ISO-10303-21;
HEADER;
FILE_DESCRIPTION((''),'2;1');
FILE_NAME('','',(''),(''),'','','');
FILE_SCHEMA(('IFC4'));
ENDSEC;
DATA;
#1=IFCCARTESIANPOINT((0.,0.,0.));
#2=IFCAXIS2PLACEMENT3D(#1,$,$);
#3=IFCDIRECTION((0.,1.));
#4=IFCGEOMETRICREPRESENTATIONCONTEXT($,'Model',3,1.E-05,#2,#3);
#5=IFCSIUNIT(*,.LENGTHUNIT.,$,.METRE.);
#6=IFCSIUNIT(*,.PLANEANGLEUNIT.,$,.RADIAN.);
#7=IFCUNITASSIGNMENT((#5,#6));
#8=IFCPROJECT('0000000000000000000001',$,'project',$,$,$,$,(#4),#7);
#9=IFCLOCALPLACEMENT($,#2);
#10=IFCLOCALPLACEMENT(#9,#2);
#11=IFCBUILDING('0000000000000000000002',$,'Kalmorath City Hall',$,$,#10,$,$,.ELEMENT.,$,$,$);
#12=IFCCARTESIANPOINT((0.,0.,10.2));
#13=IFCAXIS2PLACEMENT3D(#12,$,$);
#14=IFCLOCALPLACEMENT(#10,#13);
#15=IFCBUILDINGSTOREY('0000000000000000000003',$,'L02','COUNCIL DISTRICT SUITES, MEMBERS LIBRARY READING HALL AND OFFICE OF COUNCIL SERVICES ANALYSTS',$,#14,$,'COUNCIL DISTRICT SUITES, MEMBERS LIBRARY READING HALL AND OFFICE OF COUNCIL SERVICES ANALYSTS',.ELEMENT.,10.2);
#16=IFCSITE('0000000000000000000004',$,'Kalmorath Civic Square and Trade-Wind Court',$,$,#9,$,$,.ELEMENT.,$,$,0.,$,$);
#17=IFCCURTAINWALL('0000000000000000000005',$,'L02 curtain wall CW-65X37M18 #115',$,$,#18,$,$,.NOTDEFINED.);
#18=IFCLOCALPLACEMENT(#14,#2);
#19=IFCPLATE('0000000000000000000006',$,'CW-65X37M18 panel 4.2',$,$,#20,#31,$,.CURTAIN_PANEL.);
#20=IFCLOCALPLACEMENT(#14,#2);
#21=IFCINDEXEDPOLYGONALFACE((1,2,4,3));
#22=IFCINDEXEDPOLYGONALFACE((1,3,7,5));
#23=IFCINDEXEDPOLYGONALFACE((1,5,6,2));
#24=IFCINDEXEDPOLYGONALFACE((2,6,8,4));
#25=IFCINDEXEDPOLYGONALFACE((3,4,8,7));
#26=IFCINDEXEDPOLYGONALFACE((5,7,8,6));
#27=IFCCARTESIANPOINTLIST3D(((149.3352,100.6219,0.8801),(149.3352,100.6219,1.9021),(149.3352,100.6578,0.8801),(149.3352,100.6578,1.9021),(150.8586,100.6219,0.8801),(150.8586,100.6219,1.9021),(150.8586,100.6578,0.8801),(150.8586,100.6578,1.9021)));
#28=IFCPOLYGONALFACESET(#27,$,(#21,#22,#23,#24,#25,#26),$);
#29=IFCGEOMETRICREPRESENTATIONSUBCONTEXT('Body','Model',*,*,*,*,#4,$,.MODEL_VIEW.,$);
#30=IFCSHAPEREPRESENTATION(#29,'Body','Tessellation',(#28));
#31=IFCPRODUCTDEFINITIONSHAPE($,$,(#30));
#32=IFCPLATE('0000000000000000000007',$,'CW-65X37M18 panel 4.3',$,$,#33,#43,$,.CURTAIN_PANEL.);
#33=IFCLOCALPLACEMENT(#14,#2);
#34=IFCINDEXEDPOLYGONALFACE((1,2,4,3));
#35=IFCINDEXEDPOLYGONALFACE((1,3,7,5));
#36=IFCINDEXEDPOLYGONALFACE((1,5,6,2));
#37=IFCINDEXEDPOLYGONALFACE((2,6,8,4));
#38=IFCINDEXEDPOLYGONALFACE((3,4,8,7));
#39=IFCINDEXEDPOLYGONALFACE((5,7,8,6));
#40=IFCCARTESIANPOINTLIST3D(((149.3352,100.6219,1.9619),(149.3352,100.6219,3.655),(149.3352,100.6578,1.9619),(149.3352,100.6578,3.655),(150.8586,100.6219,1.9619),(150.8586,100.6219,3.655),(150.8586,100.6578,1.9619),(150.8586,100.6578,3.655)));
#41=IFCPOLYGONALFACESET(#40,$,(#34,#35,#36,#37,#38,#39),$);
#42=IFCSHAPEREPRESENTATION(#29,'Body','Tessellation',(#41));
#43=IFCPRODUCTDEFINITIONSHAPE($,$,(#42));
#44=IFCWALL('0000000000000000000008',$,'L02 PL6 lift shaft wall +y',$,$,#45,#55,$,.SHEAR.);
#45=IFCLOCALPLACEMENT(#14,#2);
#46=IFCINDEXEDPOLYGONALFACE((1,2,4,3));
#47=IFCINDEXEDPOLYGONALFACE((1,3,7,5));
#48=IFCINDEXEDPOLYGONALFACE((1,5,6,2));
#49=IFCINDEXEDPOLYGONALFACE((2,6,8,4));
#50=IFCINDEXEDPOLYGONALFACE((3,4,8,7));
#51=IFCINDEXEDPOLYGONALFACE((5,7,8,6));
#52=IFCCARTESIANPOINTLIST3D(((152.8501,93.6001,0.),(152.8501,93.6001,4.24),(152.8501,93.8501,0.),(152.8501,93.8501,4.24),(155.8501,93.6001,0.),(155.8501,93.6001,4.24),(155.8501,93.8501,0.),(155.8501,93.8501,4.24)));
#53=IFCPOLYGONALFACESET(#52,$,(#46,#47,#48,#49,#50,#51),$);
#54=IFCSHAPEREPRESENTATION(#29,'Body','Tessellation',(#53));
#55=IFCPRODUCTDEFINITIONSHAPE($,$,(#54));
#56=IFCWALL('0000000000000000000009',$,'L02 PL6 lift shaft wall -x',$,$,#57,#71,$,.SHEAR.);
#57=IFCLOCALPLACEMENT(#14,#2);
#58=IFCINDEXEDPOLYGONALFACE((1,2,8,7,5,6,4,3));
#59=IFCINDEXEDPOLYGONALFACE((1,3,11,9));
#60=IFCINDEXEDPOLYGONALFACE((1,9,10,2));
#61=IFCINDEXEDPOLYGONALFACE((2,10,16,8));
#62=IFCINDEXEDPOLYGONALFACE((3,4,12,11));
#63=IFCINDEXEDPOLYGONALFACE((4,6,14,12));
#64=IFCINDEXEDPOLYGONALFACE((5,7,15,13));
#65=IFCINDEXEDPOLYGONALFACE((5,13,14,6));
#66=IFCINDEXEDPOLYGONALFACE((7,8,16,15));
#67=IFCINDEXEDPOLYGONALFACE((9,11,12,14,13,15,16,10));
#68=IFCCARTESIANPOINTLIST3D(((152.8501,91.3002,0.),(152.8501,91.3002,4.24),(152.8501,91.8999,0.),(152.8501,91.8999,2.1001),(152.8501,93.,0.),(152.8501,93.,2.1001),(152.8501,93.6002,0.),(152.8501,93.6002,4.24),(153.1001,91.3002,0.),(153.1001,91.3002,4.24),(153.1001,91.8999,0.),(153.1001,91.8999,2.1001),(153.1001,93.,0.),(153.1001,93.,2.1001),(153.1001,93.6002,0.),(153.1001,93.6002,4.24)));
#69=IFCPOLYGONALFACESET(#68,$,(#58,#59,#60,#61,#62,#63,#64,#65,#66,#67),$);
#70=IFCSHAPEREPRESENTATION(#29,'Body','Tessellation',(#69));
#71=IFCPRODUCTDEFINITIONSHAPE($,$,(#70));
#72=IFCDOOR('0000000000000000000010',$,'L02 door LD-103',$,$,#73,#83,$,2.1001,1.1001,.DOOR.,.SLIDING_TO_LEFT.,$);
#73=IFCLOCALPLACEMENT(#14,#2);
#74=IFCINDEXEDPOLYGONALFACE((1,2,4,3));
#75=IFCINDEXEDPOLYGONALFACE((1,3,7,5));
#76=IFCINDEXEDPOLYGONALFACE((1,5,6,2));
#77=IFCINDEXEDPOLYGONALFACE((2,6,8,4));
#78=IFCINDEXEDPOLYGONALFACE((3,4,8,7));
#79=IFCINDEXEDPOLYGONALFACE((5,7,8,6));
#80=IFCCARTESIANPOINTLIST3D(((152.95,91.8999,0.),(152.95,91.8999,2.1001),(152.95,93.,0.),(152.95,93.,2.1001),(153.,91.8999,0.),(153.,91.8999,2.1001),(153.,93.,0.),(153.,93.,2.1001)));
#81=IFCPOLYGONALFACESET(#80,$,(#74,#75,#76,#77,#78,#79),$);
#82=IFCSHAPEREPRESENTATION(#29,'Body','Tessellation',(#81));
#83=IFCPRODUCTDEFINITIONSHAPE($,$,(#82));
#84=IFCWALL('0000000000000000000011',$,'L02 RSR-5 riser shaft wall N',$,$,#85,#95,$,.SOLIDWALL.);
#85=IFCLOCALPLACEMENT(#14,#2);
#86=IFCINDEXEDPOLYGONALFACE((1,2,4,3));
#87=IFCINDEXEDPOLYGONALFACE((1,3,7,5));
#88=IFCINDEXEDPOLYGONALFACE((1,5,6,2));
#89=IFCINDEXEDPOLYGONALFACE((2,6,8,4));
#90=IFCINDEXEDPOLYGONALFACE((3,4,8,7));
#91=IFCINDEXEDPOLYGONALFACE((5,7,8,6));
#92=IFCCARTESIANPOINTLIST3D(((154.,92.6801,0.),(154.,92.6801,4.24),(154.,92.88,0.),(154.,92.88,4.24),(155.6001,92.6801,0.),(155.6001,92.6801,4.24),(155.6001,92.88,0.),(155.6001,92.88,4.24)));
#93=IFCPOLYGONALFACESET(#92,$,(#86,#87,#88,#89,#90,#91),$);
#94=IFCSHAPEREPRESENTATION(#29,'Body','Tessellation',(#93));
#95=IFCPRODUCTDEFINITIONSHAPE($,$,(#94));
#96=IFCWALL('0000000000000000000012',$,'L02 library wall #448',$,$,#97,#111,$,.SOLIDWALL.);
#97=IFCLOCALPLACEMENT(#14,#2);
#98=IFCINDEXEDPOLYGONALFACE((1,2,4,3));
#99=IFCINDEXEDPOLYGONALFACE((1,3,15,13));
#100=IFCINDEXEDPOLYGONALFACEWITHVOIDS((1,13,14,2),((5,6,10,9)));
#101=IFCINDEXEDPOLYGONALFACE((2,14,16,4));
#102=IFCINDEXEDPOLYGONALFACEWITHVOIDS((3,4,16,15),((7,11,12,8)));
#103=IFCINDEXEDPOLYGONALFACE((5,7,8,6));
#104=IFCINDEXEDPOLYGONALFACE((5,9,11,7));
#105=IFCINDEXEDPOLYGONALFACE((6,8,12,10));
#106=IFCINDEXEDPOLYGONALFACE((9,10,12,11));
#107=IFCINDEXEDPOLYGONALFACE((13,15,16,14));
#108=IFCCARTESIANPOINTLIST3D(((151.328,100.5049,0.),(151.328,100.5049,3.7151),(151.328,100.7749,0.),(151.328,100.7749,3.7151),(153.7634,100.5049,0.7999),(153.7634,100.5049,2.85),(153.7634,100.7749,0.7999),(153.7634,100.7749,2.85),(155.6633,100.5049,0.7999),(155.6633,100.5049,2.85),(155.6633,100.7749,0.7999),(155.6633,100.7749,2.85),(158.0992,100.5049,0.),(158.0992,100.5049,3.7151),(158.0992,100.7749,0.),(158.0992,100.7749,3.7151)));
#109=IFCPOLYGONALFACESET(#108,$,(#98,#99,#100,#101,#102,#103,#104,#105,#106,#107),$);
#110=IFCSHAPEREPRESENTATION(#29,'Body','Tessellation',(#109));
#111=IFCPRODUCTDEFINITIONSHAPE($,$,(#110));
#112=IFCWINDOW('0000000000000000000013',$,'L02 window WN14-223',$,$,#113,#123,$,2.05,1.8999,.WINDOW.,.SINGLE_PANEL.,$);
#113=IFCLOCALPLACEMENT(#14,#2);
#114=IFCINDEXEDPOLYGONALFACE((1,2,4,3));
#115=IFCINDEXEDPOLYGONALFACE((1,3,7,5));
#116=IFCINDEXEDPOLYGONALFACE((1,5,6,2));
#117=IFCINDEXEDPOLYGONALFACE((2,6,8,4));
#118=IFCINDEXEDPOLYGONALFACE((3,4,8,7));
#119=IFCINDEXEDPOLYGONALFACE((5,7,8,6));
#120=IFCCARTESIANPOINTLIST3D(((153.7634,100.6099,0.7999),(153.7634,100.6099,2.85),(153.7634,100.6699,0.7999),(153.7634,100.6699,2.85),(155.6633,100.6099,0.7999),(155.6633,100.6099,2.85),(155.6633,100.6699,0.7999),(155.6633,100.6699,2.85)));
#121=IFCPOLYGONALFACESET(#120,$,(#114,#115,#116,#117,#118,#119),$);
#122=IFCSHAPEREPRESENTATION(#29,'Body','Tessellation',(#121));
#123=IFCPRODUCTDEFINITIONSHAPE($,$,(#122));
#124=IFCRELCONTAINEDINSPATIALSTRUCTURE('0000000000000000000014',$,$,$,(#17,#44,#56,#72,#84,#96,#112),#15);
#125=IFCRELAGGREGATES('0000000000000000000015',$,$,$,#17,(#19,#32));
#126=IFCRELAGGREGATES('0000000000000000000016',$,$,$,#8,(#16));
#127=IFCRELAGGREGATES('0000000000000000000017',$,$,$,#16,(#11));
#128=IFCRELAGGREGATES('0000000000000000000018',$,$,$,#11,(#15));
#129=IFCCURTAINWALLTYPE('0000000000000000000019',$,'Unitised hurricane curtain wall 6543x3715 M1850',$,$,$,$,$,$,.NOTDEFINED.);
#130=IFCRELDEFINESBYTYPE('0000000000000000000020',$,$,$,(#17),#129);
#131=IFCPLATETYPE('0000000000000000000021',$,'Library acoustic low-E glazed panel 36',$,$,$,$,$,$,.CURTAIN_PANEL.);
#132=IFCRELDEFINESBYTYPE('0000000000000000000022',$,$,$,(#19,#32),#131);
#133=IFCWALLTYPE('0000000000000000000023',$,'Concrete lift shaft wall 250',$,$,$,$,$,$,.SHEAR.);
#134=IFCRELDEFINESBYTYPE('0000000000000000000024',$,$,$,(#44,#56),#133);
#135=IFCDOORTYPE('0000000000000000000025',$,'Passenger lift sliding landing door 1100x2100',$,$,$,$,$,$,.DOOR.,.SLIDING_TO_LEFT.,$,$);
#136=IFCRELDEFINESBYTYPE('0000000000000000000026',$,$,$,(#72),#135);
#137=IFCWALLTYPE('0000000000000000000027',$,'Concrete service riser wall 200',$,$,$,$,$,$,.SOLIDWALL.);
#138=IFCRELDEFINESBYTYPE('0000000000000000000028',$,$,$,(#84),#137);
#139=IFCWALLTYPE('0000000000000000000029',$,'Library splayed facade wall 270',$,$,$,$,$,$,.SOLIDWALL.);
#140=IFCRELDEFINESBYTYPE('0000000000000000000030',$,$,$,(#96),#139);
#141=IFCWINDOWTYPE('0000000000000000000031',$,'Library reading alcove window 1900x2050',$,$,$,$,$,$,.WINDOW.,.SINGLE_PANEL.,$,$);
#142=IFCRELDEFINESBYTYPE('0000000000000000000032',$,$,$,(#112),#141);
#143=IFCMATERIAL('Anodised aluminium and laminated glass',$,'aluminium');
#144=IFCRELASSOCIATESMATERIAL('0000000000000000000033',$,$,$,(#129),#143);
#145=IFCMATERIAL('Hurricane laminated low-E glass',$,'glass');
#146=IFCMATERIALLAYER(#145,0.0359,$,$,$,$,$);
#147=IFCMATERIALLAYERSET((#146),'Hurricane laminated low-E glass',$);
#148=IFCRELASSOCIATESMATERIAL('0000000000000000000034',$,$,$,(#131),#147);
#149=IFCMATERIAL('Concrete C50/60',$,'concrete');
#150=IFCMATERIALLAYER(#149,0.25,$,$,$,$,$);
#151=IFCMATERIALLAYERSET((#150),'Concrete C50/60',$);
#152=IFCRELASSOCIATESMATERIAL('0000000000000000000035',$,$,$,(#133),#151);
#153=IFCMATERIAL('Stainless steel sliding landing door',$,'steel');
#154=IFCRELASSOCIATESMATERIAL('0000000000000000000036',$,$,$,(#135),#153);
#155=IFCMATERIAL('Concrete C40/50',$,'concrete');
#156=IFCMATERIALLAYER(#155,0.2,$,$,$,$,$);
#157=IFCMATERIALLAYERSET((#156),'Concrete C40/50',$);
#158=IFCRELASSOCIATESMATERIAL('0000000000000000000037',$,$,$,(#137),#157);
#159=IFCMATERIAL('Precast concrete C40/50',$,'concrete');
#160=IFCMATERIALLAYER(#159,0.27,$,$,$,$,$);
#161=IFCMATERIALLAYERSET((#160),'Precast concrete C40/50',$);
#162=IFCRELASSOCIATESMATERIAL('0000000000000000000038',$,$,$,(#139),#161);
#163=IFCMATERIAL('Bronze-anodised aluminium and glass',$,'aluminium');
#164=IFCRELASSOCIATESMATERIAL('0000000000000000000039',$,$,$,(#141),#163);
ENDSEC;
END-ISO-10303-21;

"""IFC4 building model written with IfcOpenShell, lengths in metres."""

from ifc_helpers import new_model, si_unit, direction, frame, frame_2d, origin, origin_2d, place, context, subcontext, project, spatial, rectangle, extrude, material, layer, layer_set, type_object, element, fill, aggregate, save


model = new_model("IFC4")

# Units and contexts
model_context = context("Model", 3, precision=1e-05, world=origin(), true_north=direction((0.0, 1.0)))
body_context = subcontext(model_context, "Body", "Model", "MODEL_VIEW")
ifc_project = project(units=[si_unit("LENGTHUNIT", "METRE"), si_unit("PLANEANGLEUNIT", "RADIAN")], contexts=[model_context])

# Site, building, storey
site_placement = place(None, origin())
site = spatial("IfcSite", under=ifc_project, at=site_placement, Name="Kalmorath Civic Square and Trade-Wind Court", CompositionType="ELEMENT", RefElevation=0.0)
building_placement = place(site_placement, origin())
building = spatial("IfcBuilding", under=site, at=building_placement, Name="Kalmorath City Hall", CompositionType="ELEMENT")
storey_placement = place(building_placement, frame((0.0, 0.0, 10.2)))
storey = spatial("IfcBuildingStorey", under=building, at=storey_placement, Name="L02", Description="COUNCIL DISTRICT SUITES, MEMBERS LIBRARY READING HALL AND OFFICE OF COUNCIL SERVICES ANALYSTS", LongName="COUNCIL DISTRICT SUITES, MEMBERS LIBRARY READING HALL AND OFFICE OF COUNCIL SERVICES ANALYSTS", CompositionType="ELEMENT", Elevation=10.2)

# Curtain wall
ifc_material_1 = material(Name="Anodised aluminium and laminated glass", Category="aluminium")
curtain_wall_type = type_object("IfcCurtainWallType", Name="Unitised hurricane curtain wall 6543x3715 M1850", PredefinedType="NOTDEFINED", material=ifc_material_1)
curtain_wall_placement = place(storey_placement, origin())
curtain_wall = element("IfcCurtainWall", 1, at=curtain_wall_placement, inside=storey, type_object=curtain_wall_type, Name="L02 curtain wall CW-65X37M18 #115", PredefinedType="NOTDEFINED")

# Plates
ifc_material_2 = material(Name="Hurricane laminated low-E glass", Category="glass")
ifc_layer_1 = layer(ifc_material_2, 0.0359)
ifc_layer_set_1 = layer_set([ifc_layer_1], Name="Hurricane laminated low-E glass")
plate_type = type_object("IfcPlateType", Name="Library acoustic low-E glazed panel 36", PredefinedType="CURTAIN_PANEL", material=ifc_layer_set_1)
plate_1_placement = place(storey_placement, frame((150.0969, 100.6399, 0.8801), z_axis=(0.0, 0.0, 1.0), x_axis=(1.0, 0.0, 0.0)))
plate_1 = element("IfcPlate", 2, at=plate_1_placement, type_object=plate_type, Name="CW-65X37M18 panel 4.2", PredefinedType="CURTAIN_PANEL", context=body_context, shape_type="SweptSolid", body=[
    extrude(rectangle(XDim=1.5234, YDim=0.0359, at=origin_2d()), origin(), (0.0, 0.0, 1.0), 1.022),
])
plate_2_placement = place(storey_placement, frame((150.0969, 100.6399, 1.9619), z_axis=(0.0, 0.0, 1.0), x_axis=(1.0, 0.0, 0.0)))
plate_2 = element("IfcPlate", 3, at=plate_2_placement, type_object=plate_type, Name="CW-65X37M18 panel 4.3", PredefinedType="CURTAIN_PANEL", context=body_context, shape_type="SweptSolid", body=[
    extrude(rectangle(XDim=1.5234, YDim=0.0359, at=origin_2d()), origin(), (0.0, 0.0, 1.0), 1.6931),
])
aggregate(curtain_wall, [plate_1, plate_2])

# Wall
ifc_material_3 = material(Name="Concrete C50/60", Category="concrete")
ifc_layer_2 = layer(ifc_material_3, 0.25)
ifc_layer_set_2 = layer_set([ifc_layer_2], Name="Concrete C50/60")
wall_type_1 = type_object("IfcWallType", Name="Concrete lift shaft wall 250", PredefinedType="SHEAR", material=ifc_layer_set_2)
wall_1_placement = place(storey_placement, frame((155.8501, 93.7251, 0.0), z_axis=(0.0, 0.0, 1.0), x_axis=(-1.0, 0.0, 0.0)))
element("IfcWall", 4, at=wall_1_placement, inside=storey, type_object=wall_type_1, Name="L02 PL6 lift shaft wall +y", PredefinedType="SHEAR", context=body_context, shape_type="SweptSolid", body=[
    extrude(rectangle(XDim=3.0, YDim=0.25, at=frame_2d((1.5, 0.0))), origin(), (0.0, 0.0, 1.0), 4.24),
])

# Wall, opening, door
wall_2_placement = place(storey_placement, frame((152.9751, 93.6001, 0.0), z_axis=(0.0, 0.0, 1.0), x_axis=(0.0, -1.0, 0.0)))
wall_2 = element("IfcWall", 5, at=wall_2_placement, inside=storey, type_object=wall_type_1, Name="L02 PL6 lift shaft wall -x", PredefinedType="SHEAR", context=body_context, shape_type="SweptSolid", body=[
    extrude(rectangle(XDim=2.3, YDim=0.25, at=frame_2d((1.1499, 0.0))), origin(), (0.0, 0.0, 1.0), 4.24),
])
opening_1_placement = place(wall_2_placement, frame((0.6001, 0.0, 0.0)))
opening_1 = element("IfcOpeningElement", 6, at=opening_1_placement, cuts=wall_2, PredefinedType="OPENING", context=body_context, shape_type="SweptSolid", body=[
    extrude(rectangle(XDim=1.1001, YDim=2.1001, at=frame_2d((0.55, 1.05))), frame((0.0, 0.135, 0.0), z_axis=(0.0, -1.0, 0.0), x_axis=(1.0, 0.0, 0.0)), (0.0, 0.0, 1.0), 0.27),
])
ifc_material_4 = material(Name="Stainless steel sliding landing door", Category="steel")
door_type = type_object("IfcDoorType", Name="Passenger lift sliding landing door 1100x2100", OperationType="SLIDING_TO_LEFT", PredefinedType="DOOR", material=ifc_material_4)
door_placement = place(opening_1_placement, origin())
door = element("IfcDoor", 7, at=door_placement, inside=storey, type_object=door_type, Name="L02 door LD-103", OperationType="SLIDING_TO_LEFT", OverallHeight=2.1001, OverallWidth=1.1001, PredefinedType="DOOR", context=body_context, shape_type="SweptSolid", body=[
    extrude(rectangle(XDim=1.1001, YDim=2.1001, at=frame_2d((0.55, 1.05))), frame((0.0, 0.0249, 0.0), z_axis=(0.0, -1.0, 0.0), x_axis=(1.0, 0.0, 0.0)), (0.0, 0.0, 1.0), 0.05),
])
fill(opening_1, door)

# Wall
ifc_material_5 = material(Name="Concrete C40/50", Category="concrete")
ifc_layer_3 = layer(ifc_material_5, 0.2)
ifc_layer_set_3 = layer_set([ifc_layer_3], Name="Concrete C40/50")
wall_type_2 = type_object("IfcWallType", Name="Concrete service riser wall 200", PredefinedType="SOLIDWALL", material=ifc_layer_set_3)
wall_3_placement = place(storey_placement, frame((155.6001, 92.78, 0.0), z_axis=(0.0, 0.0, 1.0), x_axis=(-1.0, 0.0, 0.0)))
element("IfcWall", 8, at=wall_3_placement, inside=storey, type_object=wall_type_2, Name="L02 RSR-5 riser shaft wall N", PredefinedType="SOLIDWALL", context=body_context, shape_type="SweptSolid", body=[
    extrude(rectangle(XDim=1.6001, YDim=0.2, at=frame_2d((0.8, 0.0))), origin(), (0.0, 0.0, 1.0), 4.24),
])

# Wall, opening, window
ifc_material_6 = material(Name="Precast concrete C40/50", Category="concrete")
ifc_layer_4 = layer(ifc_material_6, 0.27)
ifc_layer_set_4 = layer_set([ifc_layer_4], Name="Precast concrete C40/50")
wall_type_3 = type_object("IfcWallType", Name="Library splayed facade wall 270", PredefinedType="SOLIDWALL", material=ifc_layer_set_4)
wall_4_placement = place(storey_placement, frame((151.3279, 100.6399, 0.0), z_axis=(0.0, 0.0, 1.0), x_axis=(1.0, 0.0, 0.0)))
wall_4 = element("IfcWall", 9, at=wall_4_placement, inside=storey, type_object=wall_type_3, Name="L02 library wall #448", PredefinedType="SOLIDWALL", context=body_context, shape_type="SweptSolid", body=[
    extrude(rectangle(XDim=6.7712, YDim=0.27, at=frame_2d((3.3857, 0.0))), origin(), (0.0, 0.0, 1.0), 3.7151),
])
opening_2_placement = place(wall_4_placement, frame((2.4355, 0.0, 0.8)))
opening_2 = element("IfcOpeningElement", 10, at=opening_2_placement, cuts=wall_4, PredefinedType="OPENING", context=body_context, shape_type="SweptSolid", body=[
    extrude(rectangle(XDim=1.8999, YDim=2.05, at=frame_2d((0.95, 1.0249))), frame((0.0, 0.145, 0.0), z_axis=(0.0, -1.0, 0.0), x_axis=(1.0, 0.0, 0.0)), (0.0, 0.0, 1.0), 0.29),
])
ifc_material_7 = material(Name="Bronze-anodised aluminium and glass", Category="aluminium")
window_type = type_object("IfcWindowType", Name="Library reading alcove window 1900x2050", PartitioningType="SINGLE_PANEL", PredefinedType="WINDOW", material=ifc_material_7)
window_placement = place(opening_2_placement, origin())
window = element("IfcWindow", 11, at=window_placement, inside=storey, type_object=window_type, Name="L02 window WN14-223", OverallHeight=2.05, OverallWidth=1.8999, PartitioningType="SINGLE_PANEL", PredefinedType="WINDOW", context=body_context, shape_type="SweptSolid", body=[
    extrude(rectangle(XDim=1.8999, YDim=2.05, at=frame_2d((0.95, 1.0249))), frame((0.0, 0.03, 0.0), z_axis=(0.0, -1.0, 0.0), x_axis=(1.0, 0.0, 0.0)), (0.0, 0.0, 1.0), 0.0601),
])
fill(opening_2, window)

save(model, "model.ifc")
